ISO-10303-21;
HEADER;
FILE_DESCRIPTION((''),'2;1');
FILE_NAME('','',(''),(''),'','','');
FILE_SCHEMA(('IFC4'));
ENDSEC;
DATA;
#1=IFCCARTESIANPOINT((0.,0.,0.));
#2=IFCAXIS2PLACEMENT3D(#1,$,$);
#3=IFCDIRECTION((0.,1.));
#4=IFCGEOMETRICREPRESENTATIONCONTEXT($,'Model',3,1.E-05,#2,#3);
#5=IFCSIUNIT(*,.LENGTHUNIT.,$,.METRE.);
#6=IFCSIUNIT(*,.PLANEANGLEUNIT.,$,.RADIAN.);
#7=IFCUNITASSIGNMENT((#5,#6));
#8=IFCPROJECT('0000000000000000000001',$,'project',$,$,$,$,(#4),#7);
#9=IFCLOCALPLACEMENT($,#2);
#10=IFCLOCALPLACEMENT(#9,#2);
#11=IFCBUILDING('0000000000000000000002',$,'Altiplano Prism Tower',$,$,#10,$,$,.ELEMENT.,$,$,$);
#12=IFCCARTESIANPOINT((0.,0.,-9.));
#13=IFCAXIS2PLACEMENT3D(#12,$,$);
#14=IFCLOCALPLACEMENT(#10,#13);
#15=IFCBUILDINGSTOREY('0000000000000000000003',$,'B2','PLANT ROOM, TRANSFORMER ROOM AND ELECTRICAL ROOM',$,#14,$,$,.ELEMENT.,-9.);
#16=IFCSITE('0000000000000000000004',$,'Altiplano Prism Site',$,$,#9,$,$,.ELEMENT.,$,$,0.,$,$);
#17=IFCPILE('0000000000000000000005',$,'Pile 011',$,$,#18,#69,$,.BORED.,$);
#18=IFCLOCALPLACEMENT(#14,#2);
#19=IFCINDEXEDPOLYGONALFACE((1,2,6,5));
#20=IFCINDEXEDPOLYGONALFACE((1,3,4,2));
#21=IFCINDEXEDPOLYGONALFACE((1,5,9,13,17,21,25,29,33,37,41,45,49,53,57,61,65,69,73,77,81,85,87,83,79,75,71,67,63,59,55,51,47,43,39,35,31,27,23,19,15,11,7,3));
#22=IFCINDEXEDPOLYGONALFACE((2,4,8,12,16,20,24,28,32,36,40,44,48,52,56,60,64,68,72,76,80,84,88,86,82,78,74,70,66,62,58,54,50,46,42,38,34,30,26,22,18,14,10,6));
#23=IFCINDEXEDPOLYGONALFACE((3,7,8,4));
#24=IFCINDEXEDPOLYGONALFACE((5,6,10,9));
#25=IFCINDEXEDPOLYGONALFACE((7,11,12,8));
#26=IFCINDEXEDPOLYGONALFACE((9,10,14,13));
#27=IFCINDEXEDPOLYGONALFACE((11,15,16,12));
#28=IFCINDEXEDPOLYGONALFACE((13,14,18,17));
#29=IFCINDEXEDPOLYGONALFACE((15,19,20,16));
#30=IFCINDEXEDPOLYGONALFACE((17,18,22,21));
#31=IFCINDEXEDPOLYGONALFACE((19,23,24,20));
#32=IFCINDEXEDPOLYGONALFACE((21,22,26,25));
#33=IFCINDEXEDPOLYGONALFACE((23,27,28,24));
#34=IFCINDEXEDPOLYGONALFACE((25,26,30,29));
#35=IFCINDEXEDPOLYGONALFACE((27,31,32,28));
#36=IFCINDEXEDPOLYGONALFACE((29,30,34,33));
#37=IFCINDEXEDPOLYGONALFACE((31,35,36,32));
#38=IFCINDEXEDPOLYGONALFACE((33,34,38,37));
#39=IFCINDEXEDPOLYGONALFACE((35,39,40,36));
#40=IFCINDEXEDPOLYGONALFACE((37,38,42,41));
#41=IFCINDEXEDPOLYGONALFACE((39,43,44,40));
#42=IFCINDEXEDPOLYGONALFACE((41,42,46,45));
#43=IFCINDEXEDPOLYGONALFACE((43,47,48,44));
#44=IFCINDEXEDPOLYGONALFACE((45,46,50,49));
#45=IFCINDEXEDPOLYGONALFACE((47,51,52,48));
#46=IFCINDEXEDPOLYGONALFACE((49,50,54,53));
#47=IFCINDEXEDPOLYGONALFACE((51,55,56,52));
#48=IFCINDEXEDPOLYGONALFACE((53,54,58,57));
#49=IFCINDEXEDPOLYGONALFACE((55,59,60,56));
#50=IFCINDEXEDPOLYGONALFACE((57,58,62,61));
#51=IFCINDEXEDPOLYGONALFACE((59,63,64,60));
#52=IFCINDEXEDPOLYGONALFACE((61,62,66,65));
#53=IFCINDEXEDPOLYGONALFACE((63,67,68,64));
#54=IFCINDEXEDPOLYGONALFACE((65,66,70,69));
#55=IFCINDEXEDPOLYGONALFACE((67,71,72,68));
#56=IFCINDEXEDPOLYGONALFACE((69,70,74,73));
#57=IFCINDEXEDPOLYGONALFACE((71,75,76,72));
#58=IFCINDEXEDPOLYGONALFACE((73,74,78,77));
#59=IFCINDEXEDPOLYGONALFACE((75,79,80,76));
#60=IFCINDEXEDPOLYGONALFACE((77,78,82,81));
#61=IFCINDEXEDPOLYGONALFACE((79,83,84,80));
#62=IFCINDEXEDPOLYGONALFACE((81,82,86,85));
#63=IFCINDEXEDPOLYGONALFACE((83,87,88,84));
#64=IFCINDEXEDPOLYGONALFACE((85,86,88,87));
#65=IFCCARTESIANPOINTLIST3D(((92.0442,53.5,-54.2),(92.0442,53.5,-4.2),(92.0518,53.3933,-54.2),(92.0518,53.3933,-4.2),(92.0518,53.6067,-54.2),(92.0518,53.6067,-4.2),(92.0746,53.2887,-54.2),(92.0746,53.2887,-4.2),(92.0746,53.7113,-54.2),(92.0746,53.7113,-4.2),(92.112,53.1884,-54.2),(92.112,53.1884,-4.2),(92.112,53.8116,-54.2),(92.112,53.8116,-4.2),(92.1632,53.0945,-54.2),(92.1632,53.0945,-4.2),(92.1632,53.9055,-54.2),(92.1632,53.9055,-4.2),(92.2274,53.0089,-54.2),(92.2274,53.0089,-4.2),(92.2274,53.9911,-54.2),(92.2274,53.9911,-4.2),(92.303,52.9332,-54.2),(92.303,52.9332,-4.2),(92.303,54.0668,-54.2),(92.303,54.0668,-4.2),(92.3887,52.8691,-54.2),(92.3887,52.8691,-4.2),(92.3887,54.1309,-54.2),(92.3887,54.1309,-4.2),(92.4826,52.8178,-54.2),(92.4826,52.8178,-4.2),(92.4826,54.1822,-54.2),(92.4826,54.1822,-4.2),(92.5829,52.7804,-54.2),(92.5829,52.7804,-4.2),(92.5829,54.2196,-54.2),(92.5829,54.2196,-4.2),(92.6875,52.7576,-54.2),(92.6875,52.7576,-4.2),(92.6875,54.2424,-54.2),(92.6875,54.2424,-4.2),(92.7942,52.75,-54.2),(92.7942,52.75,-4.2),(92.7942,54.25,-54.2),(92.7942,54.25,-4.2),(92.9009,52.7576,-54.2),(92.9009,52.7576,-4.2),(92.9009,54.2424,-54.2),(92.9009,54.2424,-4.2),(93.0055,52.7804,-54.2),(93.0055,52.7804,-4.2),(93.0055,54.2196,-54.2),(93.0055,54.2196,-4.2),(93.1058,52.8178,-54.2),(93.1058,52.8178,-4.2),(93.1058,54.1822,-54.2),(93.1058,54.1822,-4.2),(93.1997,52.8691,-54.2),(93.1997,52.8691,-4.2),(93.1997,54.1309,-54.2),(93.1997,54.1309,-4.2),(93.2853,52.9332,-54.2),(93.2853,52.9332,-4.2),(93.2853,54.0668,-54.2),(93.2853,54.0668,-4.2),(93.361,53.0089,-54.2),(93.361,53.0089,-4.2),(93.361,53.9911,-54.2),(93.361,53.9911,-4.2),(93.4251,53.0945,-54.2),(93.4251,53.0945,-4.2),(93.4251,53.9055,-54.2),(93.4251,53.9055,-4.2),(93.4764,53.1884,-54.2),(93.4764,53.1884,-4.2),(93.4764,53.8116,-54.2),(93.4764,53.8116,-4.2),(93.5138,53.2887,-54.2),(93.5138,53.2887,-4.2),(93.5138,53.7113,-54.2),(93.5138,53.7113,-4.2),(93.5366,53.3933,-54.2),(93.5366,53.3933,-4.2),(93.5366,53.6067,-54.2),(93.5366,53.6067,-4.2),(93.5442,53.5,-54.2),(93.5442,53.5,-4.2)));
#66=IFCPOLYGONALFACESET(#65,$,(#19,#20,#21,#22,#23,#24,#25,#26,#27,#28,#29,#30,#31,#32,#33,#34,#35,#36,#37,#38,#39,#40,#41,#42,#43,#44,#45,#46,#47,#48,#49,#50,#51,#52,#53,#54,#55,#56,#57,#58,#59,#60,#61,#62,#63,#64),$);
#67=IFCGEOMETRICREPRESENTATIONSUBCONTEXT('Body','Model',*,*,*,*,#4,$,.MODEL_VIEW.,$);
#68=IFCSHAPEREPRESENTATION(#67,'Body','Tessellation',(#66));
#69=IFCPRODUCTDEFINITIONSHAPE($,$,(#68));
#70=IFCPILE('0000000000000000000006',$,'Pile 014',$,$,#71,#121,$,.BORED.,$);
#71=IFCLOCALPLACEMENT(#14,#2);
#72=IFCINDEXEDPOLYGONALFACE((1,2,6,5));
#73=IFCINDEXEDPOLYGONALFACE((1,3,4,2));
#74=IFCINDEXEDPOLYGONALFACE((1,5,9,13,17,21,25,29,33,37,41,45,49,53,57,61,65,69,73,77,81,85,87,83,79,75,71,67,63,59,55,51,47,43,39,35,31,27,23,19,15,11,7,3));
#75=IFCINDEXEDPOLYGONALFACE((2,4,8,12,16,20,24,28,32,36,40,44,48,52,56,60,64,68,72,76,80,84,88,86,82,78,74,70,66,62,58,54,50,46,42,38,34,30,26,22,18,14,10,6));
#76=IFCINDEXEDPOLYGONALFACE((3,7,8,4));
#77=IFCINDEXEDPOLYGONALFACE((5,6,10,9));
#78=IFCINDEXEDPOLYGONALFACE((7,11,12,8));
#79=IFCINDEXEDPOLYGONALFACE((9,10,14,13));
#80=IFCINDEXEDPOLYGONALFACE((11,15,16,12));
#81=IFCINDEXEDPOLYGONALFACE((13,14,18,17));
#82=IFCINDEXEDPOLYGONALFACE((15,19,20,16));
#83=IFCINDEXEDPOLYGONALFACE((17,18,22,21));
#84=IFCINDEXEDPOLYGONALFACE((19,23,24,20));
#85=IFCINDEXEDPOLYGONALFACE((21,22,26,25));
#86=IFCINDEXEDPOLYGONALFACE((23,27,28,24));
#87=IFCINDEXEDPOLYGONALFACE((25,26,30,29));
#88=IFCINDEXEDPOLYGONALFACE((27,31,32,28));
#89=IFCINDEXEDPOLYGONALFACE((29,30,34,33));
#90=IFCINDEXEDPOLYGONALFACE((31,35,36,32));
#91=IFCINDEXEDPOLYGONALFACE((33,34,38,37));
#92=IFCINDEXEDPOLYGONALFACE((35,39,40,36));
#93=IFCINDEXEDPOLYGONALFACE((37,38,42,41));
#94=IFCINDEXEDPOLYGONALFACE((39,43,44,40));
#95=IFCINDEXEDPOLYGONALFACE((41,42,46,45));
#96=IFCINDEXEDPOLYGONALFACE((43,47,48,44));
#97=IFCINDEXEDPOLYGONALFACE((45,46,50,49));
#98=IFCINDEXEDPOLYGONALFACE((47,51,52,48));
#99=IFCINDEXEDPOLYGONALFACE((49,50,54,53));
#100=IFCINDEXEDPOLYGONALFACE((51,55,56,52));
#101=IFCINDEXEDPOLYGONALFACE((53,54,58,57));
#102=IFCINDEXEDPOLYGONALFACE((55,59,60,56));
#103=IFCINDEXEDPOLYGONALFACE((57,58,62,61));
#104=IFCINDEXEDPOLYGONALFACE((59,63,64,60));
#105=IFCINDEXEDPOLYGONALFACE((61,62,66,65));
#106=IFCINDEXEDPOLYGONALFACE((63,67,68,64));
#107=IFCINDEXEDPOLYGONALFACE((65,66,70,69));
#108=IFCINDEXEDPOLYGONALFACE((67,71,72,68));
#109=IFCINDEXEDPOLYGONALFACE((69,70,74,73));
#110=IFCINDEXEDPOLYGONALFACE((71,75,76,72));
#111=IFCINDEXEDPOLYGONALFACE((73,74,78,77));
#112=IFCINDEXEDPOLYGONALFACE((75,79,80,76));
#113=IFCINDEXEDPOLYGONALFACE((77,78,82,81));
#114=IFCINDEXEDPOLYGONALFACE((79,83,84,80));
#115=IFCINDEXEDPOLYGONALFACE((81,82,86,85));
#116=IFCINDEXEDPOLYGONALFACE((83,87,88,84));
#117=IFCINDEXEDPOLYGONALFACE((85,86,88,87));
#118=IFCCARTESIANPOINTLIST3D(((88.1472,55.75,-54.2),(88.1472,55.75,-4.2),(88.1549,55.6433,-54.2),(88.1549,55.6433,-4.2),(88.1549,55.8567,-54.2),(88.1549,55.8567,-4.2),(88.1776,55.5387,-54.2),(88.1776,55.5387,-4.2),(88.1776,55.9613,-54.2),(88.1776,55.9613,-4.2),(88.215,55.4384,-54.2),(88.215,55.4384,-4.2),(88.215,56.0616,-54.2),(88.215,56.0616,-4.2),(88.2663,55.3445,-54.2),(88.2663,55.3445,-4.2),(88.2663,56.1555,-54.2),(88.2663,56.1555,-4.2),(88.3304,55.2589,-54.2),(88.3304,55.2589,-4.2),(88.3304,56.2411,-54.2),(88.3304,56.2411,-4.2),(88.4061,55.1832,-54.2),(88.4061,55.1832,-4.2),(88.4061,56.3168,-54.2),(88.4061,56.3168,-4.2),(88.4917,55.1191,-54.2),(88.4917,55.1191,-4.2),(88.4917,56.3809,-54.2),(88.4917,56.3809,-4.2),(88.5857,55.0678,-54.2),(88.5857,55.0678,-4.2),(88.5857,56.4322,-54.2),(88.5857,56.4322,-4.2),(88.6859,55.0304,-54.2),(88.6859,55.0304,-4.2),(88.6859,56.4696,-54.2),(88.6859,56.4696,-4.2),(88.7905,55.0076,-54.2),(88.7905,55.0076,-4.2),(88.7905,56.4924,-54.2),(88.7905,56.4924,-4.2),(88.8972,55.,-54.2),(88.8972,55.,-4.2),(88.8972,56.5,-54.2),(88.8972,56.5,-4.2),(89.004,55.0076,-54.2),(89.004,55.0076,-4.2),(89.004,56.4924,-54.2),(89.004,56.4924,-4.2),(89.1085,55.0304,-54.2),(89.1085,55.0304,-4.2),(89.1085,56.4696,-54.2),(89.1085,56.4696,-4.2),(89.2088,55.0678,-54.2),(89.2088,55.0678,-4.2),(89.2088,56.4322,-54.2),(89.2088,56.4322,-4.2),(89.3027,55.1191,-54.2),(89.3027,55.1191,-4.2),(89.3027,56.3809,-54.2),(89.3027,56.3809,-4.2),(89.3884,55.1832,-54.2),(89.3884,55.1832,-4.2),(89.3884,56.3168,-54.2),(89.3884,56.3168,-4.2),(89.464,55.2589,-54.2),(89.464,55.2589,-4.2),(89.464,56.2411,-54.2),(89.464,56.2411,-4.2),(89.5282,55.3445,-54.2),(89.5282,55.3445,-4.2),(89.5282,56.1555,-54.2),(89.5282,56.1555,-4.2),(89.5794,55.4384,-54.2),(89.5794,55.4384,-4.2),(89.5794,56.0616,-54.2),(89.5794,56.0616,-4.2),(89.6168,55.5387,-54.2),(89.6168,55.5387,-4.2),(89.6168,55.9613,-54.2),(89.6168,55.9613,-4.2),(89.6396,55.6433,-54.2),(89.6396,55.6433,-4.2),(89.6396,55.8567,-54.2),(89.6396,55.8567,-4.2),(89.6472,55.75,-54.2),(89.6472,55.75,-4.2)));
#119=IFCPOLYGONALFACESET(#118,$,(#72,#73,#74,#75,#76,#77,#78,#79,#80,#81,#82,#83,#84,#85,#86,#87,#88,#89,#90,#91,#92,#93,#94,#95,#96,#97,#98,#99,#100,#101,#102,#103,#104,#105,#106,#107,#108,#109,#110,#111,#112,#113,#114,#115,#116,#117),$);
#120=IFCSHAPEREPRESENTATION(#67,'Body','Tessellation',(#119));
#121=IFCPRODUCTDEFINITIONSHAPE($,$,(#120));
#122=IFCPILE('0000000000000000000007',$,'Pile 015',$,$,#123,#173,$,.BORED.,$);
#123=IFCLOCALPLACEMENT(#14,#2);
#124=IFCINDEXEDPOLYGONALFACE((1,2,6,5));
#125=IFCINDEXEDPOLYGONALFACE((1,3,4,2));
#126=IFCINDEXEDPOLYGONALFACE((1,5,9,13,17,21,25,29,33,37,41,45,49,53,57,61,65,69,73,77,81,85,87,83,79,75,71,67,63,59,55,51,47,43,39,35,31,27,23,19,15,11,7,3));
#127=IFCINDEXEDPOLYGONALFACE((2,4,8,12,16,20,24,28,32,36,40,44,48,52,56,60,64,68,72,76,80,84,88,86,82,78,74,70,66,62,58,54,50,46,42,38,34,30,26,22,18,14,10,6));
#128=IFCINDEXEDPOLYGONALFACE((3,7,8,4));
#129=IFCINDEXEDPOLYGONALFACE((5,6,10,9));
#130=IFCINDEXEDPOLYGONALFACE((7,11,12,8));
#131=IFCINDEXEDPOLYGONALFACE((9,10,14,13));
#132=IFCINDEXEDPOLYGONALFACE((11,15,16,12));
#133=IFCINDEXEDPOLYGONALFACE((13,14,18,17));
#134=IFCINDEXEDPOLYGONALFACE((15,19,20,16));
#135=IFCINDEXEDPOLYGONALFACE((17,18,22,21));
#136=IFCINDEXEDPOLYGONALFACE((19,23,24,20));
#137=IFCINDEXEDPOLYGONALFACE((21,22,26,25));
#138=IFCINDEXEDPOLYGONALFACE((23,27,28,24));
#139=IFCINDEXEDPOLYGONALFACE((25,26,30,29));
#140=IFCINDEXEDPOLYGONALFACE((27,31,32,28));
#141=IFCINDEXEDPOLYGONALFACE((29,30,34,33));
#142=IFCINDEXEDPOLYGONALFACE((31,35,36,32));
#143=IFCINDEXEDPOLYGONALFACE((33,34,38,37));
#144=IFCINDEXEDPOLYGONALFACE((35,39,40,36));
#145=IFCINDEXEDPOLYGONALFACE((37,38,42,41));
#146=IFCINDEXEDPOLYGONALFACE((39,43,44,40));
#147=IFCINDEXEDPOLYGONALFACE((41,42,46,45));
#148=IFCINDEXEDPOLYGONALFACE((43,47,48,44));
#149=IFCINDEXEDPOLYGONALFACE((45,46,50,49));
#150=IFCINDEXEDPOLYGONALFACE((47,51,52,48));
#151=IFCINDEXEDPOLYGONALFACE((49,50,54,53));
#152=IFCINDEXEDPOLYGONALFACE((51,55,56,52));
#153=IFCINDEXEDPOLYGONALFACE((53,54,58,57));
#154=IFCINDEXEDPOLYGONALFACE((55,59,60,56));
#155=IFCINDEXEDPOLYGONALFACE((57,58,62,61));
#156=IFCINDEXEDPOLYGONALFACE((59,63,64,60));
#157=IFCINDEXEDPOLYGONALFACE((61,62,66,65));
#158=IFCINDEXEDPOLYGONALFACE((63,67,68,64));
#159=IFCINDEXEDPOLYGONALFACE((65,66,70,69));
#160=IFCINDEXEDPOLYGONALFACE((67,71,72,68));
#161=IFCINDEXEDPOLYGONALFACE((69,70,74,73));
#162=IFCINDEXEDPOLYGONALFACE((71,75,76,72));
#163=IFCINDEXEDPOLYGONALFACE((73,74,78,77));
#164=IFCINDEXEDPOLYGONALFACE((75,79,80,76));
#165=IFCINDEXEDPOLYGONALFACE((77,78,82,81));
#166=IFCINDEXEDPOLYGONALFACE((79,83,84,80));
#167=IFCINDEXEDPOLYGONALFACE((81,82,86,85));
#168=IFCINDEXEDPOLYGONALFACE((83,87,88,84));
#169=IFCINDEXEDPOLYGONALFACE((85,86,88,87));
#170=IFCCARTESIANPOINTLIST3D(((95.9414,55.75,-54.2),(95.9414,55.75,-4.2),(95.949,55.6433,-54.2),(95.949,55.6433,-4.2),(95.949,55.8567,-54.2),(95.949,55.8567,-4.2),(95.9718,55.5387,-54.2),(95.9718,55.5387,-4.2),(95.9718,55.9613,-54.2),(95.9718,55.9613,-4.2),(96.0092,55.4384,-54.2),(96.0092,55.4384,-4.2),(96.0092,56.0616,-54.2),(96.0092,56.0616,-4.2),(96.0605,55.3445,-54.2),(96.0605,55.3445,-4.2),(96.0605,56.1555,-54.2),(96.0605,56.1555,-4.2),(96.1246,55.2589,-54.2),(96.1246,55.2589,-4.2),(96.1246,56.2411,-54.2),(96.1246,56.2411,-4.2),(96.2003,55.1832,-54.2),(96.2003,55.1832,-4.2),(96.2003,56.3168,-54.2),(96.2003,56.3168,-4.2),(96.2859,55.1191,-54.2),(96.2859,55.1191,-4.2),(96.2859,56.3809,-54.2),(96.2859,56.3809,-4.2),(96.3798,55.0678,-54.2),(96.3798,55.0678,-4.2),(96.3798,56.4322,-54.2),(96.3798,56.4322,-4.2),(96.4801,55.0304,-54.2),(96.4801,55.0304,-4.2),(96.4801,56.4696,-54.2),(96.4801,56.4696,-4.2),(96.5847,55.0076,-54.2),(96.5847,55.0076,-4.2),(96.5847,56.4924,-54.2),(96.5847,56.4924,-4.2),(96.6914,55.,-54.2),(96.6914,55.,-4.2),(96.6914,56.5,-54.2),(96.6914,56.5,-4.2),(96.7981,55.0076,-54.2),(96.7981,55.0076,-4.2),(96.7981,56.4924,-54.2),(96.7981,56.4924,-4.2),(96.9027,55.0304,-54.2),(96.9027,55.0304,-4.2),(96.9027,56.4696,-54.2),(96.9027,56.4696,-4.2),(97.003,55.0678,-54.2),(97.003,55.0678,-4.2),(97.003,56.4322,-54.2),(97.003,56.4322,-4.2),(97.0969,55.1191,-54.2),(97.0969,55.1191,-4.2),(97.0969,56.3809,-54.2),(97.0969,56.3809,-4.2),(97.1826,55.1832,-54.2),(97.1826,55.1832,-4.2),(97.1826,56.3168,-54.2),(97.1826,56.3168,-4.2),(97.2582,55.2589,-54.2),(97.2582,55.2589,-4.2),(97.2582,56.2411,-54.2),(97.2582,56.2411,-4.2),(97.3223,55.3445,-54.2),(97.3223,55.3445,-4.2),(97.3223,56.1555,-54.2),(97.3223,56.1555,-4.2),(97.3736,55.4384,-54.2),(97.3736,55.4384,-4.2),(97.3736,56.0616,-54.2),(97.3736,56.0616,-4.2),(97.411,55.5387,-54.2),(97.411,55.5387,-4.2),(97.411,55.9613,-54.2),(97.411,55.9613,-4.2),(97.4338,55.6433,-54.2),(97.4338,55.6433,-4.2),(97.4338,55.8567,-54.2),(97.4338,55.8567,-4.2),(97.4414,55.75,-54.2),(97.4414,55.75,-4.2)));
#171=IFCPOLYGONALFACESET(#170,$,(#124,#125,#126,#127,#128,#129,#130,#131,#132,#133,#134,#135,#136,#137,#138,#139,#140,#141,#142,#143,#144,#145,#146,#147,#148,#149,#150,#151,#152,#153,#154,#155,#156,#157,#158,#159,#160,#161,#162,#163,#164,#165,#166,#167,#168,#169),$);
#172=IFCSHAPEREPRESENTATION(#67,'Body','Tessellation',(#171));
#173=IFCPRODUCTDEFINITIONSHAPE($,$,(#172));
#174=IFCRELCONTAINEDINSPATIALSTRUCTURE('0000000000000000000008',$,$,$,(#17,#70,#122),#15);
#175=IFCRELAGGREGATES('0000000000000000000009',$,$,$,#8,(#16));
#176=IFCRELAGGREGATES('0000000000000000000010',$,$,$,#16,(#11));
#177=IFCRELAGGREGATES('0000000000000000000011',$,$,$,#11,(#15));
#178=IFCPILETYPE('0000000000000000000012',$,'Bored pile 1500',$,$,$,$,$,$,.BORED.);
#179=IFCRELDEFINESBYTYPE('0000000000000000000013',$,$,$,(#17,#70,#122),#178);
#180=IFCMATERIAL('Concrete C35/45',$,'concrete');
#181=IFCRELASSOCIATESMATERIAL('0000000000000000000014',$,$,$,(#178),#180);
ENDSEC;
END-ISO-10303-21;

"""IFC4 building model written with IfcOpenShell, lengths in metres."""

from ifc_helpers import new_model, si_unit, direction, frame, origin, origin_2d, place, context, subcontext, project, spatial, circle, extrude, material, material_profile, profile_set, type_object, element, save


model = new_model("IFC4")

# Units and contexts
model_context = context("Model", 3, precision=1e-05, world=origin(), true_north=direction((0.0, 1.0)))
body_context = subcontext(model_context, "Body", "Model", "MODEL_VIEW")
ifc_project = project(units=[si_unit("LENGTHUNIT", "METRE"), si_unit("PLANEANGLEUNIT", "RADIAN")], contexts=[model_context])

# Site, building, storey
site_placement = place(None, origin())
site = spatial("IfcSite", under=ifc_project, at=site_placement, Name="Altiplano Prism Site", CompositionType="ELEMENT", RefElevation=0.0)
building_placement = place(site_placement, origin())
building = spatial("IfcBuilding", under=site, at=building_placement, Name="Altiplano Prism Tower", CompositionType="ELEMENT")
storey_placement = place(building_placement, frame((0.0, 0.0, -9.0)))
storey = spatial("IfcBuildingStorey", under=building, at=storey_placement, Name="B2", Description="PLANT ROOM, TRANSFORMER ROOM AND ELECTRICAL ROOM", CompositionType="ELEMENT", Elevation=-9.0)

# Piles
ifc_material_1 = material(Name="Concrete C35/45", Category="concrete")
ifc_material_profile_1 = material_profile(ifc_material_1, circle(Radius=0.75, at=origin_2d()), Name="Bored pile 1500")
ifc_profile_set_1 = profile_set([ifc_material_profile_1], Name="Concrete C35/45")
pile_type = type_object("IfcPileType", Name="Bored pile 1500", PredefinedType="BORED", material=ifc_profile_set_1)
for number, where, z_axis, x_axis, name in (
    (1, (92.7942, 53.5, -4.2), (0.0, 0.0, -1.0), (1.0, 0.0, 0.0), "Pile 011"),
    (2, (88.8972, 55.75, -4.2), (0.0, 0.0, -1.0), (1.0, 0.0, 0.0), "Pile 014"),
    (3, (96.6914, 55.75, -4.2), (0.0, 0.0, -1.0), (1.0, 0.0, 0.0), "Pile 015"),
):
    element("IfcPile", number, at=place(storey_placement, frame(where, z_axis=z_axis, x_axis=x_axis)), inside=storey, type_object=pile_type, Name=name, PredefinedType="BORED", context=body_context, shape_type="SweptSolid", body=[
        extrude(circle(Radius=0.75, at=origin_2d()), origin(), (0.0, 0.0, 1.0), 50.0),
    ])

save(model, "model.ifc")
